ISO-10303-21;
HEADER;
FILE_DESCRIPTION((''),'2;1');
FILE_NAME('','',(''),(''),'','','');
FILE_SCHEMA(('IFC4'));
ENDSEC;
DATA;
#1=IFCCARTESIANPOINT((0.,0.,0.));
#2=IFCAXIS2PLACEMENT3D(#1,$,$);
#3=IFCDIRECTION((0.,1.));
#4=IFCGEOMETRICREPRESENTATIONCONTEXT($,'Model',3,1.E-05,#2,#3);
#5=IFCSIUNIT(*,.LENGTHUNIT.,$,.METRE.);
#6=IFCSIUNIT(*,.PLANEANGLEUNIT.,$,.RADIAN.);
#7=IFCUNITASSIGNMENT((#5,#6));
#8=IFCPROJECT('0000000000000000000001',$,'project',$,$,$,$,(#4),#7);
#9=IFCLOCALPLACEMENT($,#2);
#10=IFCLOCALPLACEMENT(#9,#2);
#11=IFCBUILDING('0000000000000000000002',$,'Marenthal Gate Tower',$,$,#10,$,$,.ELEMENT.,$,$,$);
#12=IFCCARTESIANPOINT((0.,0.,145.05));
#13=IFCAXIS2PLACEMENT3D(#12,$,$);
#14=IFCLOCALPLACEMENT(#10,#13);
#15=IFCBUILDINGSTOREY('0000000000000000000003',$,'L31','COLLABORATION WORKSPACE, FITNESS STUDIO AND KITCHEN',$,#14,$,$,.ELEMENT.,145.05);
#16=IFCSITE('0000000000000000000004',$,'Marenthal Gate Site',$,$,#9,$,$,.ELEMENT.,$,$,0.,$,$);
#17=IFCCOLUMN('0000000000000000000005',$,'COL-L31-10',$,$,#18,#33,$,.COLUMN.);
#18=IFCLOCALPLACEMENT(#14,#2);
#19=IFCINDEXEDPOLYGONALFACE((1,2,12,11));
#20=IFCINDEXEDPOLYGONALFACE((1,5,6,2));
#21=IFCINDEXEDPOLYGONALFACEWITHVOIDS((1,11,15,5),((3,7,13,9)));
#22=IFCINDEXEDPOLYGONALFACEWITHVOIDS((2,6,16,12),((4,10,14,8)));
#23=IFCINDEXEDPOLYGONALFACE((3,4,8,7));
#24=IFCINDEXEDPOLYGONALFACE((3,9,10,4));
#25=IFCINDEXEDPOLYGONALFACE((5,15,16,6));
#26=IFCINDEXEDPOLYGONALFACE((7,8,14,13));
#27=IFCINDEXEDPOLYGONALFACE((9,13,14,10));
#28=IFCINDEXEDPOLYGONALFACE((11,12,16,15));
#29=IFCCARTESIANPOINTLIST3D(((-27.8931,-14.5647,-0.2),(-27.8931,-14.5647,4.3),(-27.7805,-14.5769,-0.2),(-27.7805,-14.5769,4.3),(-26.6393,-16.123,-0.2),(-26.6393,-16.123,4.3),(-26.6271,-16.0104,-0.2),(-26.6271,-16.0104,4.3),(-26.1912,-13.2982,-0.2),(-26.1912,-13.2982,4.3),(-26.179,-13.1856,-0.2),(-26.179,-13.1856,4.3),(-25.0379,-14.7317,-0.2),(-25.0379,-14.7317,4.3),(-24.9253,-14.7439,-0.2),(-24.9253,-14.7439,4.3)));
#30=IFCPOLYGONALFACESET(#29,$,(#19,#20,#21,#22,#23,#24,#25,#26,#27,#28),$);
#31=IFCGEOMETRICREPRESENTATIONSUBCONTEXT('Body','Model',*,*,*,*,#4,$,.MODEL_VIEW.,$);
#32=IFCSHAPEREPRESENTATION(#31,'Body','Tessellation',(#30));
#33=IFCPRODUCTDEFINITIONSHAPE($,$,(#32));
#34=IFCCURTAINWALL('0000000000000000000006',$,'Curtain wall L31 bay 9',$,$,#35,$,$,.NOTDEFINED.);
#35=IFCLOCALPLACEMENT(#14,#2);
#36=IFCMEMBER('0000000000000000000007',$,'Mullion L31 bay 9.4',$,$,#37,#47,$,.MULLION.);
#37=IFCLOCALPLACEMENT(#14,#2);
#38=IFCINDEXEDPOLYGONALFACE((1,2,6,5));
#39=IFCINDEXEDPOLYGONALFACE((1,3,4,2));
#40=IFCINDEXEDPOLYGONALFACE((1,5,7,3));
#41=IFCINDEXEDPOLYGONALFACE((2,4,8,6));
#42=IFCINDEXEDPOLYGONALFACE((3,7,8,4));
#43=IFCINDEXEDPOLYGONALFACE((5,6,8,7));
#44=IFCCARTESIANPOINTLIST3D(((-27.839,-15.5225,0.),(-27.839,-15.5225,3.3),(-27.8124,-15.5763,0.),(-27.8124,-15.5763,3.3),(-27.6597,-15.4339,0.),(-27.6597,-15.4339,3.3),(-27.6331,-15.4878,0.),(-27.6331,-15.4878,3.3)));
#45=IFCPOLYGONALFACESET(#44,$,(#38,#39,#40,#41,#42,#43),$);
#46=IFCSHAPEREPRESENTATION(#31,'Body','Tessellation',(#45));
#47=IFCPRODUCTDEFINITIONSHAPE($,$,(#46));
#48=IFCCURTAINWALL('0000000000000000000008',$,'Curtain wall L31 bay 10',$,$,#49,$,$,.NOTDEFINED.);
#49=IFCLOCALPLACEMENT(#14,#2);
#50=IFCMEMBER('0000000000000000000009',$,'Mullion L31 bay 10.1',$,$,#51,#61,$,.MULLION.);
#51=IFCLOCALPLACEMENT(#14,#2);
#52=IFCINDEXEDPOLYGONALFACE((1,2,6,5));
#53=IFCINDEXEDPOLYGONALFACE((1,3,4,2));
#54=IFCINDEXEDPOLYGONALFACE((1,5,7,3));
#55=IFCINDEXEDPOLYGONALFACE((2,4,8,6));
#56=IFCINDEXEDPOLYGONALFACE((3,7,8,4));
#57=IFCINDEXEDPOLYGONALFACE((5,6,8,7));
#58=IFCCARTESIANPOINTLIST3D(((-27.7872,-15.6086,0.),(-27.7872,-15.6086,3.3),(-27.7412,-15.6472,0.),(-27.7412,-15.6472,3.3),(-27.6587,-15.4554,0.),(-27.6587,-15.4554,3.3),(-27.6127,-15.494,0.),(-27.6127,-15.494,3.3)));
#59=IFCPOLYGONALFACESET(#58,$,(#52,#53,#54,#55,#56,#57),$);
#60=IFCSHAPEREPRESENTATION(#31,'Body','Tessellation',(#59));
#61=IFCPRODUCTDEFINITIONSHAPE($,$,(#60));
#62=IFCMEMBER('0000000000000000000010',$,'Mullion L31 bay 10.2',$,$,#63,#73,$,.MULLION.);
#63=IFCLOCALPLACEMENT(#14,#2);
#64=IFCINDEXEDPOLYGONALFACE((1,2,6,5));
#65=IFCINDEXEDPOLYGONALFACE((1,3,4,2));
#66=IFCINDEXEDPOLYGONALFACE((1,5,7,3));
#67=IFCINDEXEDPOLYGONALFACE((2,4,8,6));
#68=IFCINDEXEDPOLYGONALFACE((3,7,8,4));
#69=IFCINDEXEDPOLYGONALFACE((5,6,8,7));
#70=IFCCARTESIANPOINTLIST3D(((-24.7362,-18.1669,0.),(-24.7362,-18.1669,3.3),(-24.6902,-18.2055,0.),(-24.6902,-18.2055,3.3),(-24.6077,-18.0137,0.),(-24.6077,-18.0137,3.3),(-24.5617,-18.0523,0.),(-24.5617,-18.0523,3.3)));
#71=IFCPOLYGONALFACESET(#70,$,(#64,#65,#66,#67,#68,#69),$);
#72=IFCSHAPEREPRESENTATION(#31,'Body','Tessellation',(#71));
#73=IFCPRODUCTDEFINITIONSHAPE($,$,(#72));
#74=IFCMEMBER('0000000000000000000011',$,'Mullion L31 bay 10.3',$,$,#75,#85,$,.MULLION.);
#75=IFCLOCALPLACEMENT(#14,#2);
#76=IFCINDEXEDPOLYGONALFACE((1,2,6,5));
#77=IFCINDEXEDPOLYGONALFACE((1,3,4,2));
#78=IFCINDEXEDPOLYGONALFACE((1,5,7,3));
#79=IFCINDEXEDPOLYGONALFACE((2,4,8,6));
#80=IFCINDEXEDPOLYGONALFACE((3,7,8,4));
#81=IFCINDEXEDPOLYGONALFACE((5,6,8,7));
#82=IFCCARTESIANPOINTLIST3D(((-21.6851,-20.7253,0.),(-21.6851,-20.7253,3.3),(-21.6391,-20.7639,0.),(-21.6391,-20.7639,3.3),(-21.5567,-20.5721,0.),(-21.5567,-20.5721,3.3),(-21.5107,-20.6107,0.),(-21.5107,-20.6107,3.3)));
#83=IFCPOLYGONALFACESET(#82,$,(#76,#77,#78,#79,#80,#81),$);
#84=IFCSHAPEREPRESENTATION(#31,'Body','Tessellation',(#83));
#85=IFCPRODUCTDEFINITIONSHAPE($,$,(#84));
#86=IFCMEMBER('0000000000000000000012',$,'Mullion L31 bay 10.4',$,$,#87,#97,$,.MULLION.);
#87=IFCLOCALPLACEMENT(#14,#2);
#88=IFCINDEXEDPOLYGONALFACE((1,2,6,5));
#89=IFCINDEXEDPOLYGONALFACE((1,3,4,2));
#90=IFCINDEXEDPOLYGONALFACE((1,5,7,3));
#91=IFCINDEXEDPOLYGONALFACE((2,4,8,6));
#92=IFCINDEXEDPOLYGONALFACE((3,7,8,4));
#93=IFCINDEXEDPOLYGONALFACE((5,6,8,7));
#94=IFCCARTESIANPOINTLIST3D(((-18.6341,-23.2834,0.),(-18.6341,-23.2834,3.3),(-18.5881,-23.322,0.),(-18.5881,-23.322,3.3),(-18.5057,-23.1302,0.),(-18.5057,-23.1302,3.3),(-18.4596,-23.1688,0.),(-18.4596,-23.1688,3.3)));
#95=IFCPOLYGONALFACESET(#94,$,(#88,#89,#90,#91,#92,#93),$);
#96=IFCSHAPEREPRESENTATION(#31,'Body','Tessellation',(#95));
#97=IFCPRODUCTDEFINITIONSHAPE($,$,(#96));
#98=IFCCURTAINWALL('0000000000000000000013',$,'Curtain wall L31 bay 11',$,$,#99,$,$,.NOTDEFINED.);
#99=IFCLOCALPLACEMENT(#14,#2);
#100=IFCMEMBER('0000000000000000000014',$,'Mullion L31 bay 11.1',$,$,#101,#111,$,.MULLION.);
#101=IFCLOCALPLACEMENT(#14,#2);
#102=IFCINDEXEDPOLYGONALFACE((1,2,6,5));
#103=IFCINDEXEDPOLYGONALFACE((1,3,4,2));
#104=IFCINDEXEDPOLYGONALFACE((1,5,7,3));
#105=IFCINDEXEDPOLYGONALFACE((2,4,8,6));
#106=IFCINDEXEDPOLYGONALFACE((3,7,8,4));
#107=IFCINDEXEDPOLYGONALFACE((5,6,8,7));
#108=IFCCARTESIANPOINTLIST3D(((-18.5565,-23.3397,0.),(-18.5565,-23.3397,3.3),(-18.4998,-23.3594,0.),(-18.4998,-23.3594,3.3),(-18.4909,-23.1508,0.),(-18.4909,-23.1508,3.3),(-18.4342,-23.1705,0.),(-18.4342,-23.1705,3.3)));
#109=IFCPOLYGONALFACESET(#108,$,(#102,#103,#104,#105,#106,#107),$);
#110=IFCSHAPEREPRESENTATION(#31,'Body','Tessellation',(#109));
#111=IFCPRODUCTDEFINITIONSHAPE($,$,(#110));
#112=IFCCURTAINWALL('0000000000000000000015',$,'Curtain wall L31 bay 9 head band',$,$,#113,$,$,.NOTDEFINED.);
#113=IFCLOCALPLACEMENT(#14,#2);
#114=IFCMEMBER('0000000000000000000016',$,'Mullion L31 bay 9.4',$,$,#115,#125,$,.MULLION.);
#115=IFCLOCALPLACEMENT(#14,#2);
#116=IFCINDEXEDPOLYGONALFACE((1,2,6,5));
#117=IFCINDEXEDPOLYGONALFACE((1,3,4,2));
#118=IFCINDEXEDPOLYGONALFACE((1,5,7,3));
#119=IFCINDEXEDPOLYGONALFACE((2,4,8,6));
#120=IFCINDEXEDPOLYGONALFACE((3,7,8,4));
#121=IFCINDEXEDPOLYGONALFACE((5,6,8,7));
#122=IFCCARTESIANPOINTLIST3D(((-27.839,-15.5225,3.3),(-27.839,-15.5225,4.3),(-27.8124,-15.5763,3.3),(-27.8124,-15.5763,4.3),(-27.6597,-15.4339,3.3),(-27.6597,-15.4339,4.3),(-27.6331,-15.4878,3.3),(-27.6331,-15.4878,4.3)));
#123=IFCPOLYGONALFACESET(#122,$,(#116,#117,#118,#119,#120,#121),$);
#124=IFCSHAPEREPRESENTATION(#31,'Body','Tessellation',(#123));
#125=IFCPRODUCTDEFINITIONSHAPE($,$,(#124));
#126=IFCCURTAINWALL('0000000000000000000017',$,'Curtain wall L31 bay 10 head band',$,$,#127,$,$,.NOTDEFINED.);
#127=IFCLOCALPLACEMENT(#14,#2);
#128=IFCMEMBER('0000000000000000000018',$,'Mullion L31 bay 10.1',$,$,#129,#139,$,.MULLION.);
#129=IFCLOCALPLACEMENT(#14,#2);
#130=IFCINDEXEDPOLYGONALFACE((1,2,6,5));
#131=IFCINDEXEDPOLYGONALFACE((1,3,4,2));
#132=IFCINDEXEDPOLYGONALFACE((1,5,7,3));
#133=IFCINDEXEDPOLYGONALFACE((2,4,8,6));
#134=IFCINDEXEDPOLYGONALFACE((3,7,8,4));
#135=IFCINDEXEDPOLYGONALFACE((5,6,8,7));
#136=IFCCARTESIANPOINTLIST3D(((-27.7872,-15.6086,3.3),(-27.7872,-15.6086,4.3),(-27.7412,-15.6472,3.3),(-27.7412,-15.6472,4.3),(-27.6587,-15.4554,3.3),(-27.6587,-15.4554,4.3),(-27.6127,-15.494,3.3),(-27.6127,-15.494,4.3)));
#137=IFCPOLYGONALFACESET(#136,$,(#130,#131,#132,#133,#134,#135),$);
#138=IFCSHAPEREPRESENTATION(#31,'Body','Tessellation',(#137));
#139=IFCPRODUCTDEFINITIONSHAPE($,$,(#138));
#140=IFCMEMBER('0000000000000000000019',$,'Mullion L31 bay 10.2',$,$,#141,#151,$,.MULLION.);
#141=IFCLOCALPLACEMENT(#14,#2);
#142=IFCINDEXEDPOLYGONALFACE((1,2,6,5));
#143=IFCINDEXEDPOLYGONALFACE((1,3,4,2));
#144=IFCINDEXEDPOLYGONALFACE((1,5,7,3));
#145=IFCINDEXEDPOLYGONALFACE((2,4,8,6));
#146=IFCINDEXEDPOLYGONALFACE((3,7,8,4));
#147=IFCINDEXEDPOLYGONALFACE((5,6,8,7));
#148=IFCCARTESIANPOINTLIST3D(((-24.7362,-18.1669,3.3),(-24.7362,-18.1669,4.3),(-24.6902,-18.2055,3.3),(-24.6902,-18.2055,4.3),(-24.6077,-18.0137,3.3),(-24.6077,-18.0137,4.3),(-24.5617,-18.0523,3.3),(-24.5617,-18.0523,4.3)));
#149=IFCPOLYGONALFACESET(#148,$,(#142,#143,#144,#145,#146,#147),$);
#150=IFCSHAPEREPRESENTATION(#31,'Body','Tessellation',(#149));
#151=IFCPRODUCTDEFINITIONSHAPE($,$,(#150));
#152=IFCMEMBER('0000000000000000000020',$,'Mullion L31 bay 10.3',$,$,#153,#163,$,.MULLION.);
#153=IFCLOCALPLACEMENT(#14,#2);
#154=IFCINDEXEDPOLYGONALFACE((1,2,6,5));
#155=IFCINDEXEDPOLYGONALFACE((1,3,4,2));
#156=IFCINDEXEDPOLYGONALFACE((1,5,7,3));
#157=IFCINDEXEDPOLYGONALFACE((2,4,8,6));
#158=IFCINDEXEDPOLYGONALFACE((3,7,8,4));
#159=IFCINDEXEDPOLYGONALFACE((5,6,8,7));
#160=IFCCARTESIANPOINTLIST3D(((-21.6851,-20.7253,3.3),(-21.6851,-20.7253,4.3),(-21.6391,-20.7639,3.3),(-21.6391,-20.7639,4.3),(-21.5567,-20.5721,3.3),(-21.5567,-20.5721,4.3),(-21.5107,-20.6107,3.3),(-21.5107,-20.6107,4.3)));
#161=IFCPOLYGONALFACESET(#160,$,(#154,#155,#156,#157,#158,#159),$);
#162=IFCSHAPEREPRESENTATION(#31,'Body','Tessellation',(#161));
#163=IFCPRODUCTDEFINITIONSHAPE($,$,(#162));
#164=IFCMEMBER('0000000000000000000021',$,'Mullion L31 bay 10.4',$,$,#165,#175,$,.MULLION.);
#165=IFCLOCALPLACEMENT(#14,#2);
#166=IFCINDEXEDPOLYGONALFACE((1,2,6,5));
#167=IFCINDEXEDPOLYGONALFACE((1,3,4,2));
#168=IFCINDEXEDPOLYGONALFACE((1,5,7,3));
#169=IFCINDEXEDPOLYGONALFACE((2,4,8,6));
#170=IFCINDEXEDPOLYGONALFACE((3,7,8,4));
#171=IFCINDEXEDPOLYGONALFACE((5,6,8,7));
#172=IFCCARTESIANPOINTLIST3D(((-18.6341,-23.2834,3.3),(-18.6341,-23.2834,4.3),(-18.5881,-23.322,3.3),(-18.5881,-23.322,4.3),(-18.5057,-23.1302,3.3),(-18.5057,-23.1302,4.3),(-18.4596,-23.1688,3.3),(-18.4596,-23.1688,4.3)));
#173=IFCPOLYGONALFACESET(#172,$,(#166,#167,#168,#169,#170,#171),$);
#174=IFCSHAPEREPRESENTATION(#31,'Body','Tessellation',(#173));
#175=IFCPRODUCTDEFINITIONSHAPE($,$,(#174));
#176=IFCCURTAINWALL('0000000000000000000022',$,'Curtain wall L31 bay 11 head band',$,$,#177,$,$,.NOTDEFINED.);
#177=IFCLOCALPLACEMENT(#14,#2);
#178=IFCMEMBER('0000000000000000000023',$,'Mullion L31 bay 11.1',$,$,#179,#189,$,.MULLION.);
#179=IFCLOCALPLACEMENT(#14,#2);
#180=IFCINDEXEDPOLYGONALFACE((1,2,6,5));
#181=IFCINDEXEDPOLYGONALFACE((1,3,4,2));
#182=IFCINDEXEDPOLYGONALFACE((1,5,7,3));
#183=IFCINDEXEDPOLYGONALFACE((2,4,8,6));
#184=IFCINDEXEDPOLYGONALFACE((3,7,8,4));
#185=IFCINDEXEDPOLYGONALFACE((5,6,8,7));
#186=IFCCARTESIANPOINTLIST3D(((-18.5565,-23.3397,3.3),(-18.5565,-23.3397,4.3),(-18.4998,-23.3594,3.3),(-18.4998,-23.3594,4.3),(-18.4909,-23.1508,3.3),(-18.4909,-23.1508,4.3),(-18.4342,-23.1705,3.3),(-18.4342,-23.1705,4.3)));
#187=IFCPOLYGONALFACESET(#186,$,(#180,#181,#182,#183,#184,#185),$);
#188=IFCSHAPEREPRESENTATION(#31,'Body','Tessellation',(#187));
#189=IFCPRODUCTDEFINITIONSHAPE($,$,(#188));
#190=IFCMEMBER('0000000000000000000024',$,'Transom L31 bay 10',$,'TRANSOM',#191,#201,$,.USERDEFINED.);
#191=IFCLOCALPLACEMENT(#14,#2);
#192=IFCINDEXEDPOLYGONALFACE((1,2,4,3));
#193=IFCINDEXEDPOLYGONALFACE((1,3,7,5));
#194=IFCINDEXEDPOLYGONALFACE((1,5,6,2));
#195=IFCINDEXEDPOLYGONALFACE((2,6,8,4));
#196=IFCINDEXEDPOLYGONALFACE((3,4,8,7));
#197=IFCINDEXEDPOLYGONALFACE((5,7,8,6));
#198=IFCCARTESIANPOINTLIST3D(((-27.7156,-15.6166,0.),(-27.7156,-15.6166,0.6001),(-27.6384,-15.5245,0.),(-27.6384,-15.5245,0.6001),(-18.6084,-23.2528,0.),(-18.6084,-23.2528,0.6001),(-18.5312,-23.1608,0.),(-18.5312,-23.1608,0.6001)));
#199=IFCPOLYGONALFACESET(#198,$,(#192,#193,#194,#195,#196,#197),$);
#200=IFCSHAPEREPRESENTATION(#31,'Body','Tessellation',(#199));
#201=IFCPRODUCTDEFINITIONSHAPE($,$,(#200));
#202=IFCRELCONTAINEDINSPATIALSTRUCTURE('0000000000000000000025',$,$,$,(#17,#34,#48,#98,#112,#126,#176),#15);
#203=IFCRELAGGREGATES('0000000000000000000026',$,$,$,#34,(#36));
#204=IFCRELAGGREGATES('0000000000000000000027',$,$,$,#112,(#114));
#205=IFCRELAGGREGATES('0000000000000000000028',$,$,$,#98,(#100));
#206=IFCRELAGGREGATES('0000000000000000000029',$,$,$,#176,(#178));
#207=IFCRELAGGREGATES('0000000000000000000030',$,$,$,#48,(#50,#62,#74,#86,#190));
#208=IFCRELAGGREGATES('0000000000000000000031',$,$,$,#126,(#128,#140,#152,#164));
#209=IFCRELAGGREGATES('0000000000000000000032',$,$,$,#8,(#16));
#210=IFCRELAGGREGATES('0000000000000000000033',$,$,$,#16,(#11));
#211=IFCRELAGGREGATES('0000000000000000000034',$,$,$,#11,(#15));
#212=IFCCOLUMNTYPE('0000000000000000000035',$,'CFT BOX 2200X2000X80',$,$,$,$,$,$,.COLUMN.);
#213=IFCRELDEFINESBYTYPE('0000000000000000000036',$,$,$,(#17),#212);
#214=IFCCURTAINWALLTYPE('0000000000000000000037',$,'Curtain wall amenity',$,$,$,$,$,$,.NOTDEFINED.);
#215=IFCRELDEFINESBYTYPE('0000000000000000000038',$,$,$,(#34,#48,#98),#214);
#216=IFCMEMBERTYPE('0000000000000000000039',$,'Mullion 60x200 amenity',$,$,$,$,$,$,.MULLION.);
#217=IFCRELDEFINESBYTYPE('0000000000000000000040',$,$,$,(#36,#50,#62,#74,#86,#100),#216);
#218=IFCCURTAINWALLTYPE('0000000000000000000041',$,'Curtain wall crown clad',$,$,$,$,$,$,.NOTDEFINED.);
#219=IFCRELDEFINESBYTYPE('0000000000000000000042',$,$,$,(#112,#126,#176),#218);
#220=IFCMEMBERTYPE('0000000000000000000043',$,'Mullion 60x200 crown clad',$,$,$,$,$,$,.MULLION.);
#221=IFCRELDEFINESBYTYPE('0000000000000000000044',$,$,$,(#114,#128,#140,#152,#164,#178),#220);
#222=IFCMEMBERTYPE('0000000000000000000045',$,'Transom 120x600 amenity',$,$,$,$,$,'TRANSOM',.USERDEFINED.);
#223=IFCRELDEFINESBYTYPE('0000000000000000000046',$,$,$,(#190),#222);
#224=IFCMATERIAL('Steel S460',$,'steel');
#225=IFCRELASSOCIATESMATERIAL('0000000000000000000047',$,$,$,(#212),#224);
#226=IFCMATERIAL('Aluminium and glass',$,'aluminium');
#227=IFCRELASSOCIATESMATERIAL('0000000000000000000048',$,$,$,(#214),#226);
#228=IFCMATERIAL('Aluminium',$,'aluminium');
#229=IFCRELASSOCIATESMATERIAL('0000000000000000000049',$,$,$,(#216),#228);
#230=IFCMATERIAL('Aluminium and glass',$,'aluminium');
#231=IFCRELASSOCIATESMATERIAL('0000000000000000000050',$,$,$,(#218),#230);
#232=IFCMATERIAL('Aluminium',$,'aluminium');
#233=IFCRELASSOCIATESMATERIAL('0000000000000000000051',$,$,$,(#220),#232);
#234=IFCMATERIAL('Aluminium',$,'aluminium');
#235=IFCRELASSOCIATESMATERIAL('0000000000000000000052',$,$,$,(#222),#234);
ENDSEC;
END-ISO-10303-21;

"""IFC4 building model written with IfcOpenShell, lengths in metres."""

from ifc_helpers import new_model, si_unit, direction, frame, origin, origin_2d, place, context, subcontext, project, spatial, rectangle, hollow_rectangle, extrude, material, material_profile, profile_set, type_object, element, aggregate, save


model = new_model("IFC4")

# Units and contexts
model_context = context("Model", 3, precision=1e-05, world=origin(), true_north=direction((0.0, 1.0)))
body_context = subcontext(model_context, "Body", "Model", "MODEL_VIEW")
ifc_project = project(units=[si_unit("LENGTHUNIT", "METRE"), si_unit("PLANEANGLEUNIT", "RADIAN")], contexts=[model_context])

# Site, building, storey
site_placement = place(None, origin())
site = spatial("IfcSite", under=ifc_project, at=site_placement, Name="Marenthal Gate Site", CompositionType="ELEMENT", RefElevation=0.0)
building_placement = place(site_placement, origin())
building = spatial("IfcBuilding", under=site, at=building_placement, Name="Marenthal Gate Tower", CompositionType="ELEMENT")
storey_placement = place(building_placement, frame((0.0, 0.0, 145.05)))
storey = spatial("IfcBuildingStorey", under=building, at=storey_placement, Name="L31", Description="COLLABORATION WORKSPACE, FITNESS STUDIO AND KITCHEN", CompositionType="ELEMENT", Elevation=145.05)

# Column
ifc_material_1 = material(Name="Steel S460", Category="steel")
ifc_material_profile_1 = material_profile(ifc_material_1, hollow_rectangle(XDim=2.0, YDim=2.2, WallThickness=0.0801, at=origin_2d()), Name="CFT BOX 2200X2000X80")
ifc_material_2 = material(Name="Concrete 70 MPa", Category="concrete")
ifc_material_profile_2 = material_profile(ifc_material_2, rectangle(XDim=1.8401, YDim=2.04, at=origin_2d()), Name="CFT BOX 2200X2000X80 INFILL")
ifc_profile_set_1 = profile_set([ifc_material_profile_1, ifc_material_profile_2], Name="Steel S460 shell, Concrete 70 MPa infill")
column_type = type_object("IfcColumnType", Name="CFT BOX 2200X2000X80", PredefinedType="COLUMN", material=ifc_profile_set_1)
column_placement = place(storey_placement, frame((-26.4092, -14.6543, -0.2), z_axis=(0.0, 0.0, 1.0), x_axis=(-0.626873, 0.779121, 0.0)))
element("IfcColumn", 1, at=column_placement, inside=storey, type_object=column_type, Name="COL-L31-10", PredefinedType="COLUMN", context=body_context, shape_type="SweptSolid", body=[
    extrude(hollow_rectangle(XDim=2.0, YDim=2.2, WallThickness=0.0801, at=origin_2d()), origin(), (0.0, 0.0, 1.0), 4.5),
])

# Curtain wall, member
ifc_material_3 = material(Name="Aluminium and glass", Category="aluminium")
curtain_wall_type_1 = type_object("IfcCurtainWallType", Name="Curtain wall amenity", PredefinedType="NOTDEFINED", material=ifc_material_3)
curtain_wall_1_placement = place(storey_placement, origin())
curtain_wall_1 = element("IfcCurtainWall", 2, at=curtain_wall_1_placement, inside=storey, type_object=curtain_wall_type_1, Name="Curtain wall L31 bay 9", PredefinedType="NOTDEFINED")
ifc_material_4 = material(Name="Aluminium", Category="aluminium")
ifc_material_profile_3 = material_profile(ifc_material_4, rectangle(XDim=0.2, YDim=0.0601, at=origin_2d()), Name="60x200 aluminium mullion")
ifc_profile_set_2 = profile_set([ifc_material_profile_3], Name="Aluminium")
member_type_1 = type_object("IfcMemberType", Name="Mullion 60x200 amenity", PredefinedType="MULLION", material=ifc_profile_set_2)
member_1_placement = place(storey_placement, frame((-27.7361, -15.5051, 0.0), z_axis=(0.0, 0.0, 1.0), x_axis=(0.896573, 0.442895, 0.0)))
member_1 = element("IfcMember", 3, at=member_1_placement, type_object=member_type_1, Name="Mullion L31 bay 9.4", PredefinedType="MULLION", context=body_context, shape_type="SweptSolid", body=[
    extrude(rectangle(XDim=0.2, YDim=0.0601, at=origin_2d()), origin(), (0.0, 0.0, 1.0), 3.3),
])
aggregate(curtain_wall_1, [member_1])

# Curtain wall, members
curtain_wall_2_placement = place(storey_placement, origin())
curtain_wall_2 = element("IfcCurtainWall", 4, at=curtain_wall_2_placement, inside=storey, type_object=curtain_wall_type_1, Name="Curtain wall L31 bay 10", PredefinedType="NOTDEFINED")
member_2_placement = place(storey_placement, frame((-27.7, -15.5513, 0.0), z_axis=(0.0, 0.0, 1.0), x_axis=(0.642511, 0.766277, 0.0)))
member_2 = element("IfcMember", 5, at=member_2_placement, type_object=member_type_1, Name="Mullion L31 bay 10.1", PredefinedType="MULLION", context=body_context, shape_type="SweptSolid", body=[
    extrude(rectangle(XDim=0.2, YDim=0.0601, at=origin_2d()), origin(), (0.0, 0.0, 1.0), 3.3),
])
member_3_placement = place(storey_placement, frame((-24.6489, -18.1096, 0.0), z_axis=(0.0, 0.0, 1.0), x_axis=(0.642511, 0.766277, 0.0)))
member_3 = element("IfcMember", 6, at=member_3_placement, type_object=member_type_1, Name="Mullion L31 bay 10.2", PredefinedType="MULLION", context=body_context, shape_type="SweptSolid", body=[
    extrude(rectangle(XDim=0.2, YDim=0.0601, at=origin_2d()), origin(), (0.0, 0.0, 1.0), 3.3),
])
member_4_placement = place(storey_placement, frame((-21.5979, -20.668, 0.0), z_axis=(0.0, 0.0, 1.0), x_axis=(0.642511, 0.766277, 0.0)))
member_4 = element("IfcMember", 7, at=member_4_placement, type_object=member_type_1, Name="Mullion L31 bay 10.3", PredefinedType="MULLION", context=body_context, shape_type="SweptSolid", body=[
    extrude(rectangle(XDim=0.2, YDim=0.0601, at=origin_2d()), origin(), (0.0, 0.0, 1.0), 3.3),
])
member_5_placement = place(storey_placement, frame((-18.5469, -23.2261, 0.0), z_axis=(0.0, 0.0, 1.0), x_axis=(0.642511, 0.766277, 0.0)))
member_5 = element("IfcMember", 8, at=member_5_placement, type_object=member_type_1, Name="Mullion L31 bay 10.4", PredefinedType="MULLION", context=body_context, shape_type="SweptSolid", body=[
    extrude(rectangle(XDim=0.2, YDim=0.0601, at=origin_2d()), origin(), (0.0, 0.0, 1.0), 3.3),
])

# Curtain walls, members
curtain_wall_3_placement = place(storey_placement, origin())
curtain_wall_3 = element("IfcCurtainWall", 9, at=curtain_wall_3_placement, inside=storey, type_object=curtain_wall_type_1, Name="Curtain wall L31 bay 11", PredefinedType="NOTDEFINED")
member_6_placement = place(storey_placement, frame((-18.4954, -23.2551, 0.0), z_axis=(0.0, 0.0, 1.0), x_axis=(0.328089, 0.944647, 0.0)))
member_6 = element("IfcMember", 10, at=member_6_placement, type_object=member_type_1, Name="Mullion L31 bay 11.1", PredefinedType="MULLION", context=body_context, shape_type="SweptSolid", body=[
    extrude(rectangle(XDim=0.2, YDim=0.0601, at=origin_2d()), origin(), (0.0, 0.0, 1.0), 3.3),
])
ifc_material_5 = material(Name="Aluminium and glass", Category="aluminium")
curtain_wall_type_2 = type_object("IfcCurtainWallType", Name="Curtain wall crown clad", PredefinedType="NOTDEFINED", material=ifc_material_5)
curtain_wall_4_placement = place(storey_placement, origin())
curtain_wall_4 = element("IfcCurtainWall", 11, at=curtain_wall_4_placement, inside=storey, type_object=curtain_wall_type_2, Name="Curtain wall L31 bay 9 head band", PredefinedType="NOTDEFINED")
ifc_material_6 = material(Name="Aluminium", Category="aluminium")
ifc_material_profile_4 = material_profile(ifc_material_6, rectangle(XDim=0.2, YDim=0.0601, at=origin_2d()), Name="60x200 aluminium mullion")
ifc_profile_set_3 = profile_set([ifc_material_profile_4], Name="Aluminium")
member_type_2 = type_object("IfcMemberType", Name="Mullion 60x200 crown clad", PredefinedType="MULLION", material=ifc_profile_set_3)
member_7_placement = place(storey_placement, frame((-27.7361, -15.5051, 3.3), z_axis=(0.0, 0.0, 1.0), x_axis=(0.896573, 0.442895, 0.0)))
member_7 = element("IfcMember", 12, at=member_7_placement, type_object=member_type_2, Name="Mullion L31 bay 9.4", PredefinedType="MULLION", context=body_context, shape_type="SweptSolid", body=[
    extrude(rectangle(XDim=0.2, YDim=0.0601, at=origin_2d()), origin(), (0.0, 0.0, 1.0), 1.0),
])
aggregate(curtain_wall_4, [member_7])

# Curtain wall, members
curtain_wall_5_placement = place(storey_placement, origin())
curtain_wall_5 = element("IfcCurtainWall", 13, at=curtain_wall_5_placement, inside=storey, type_object=curtain_wall_type_2, Name="Curtain wall L31 bay 10 head band", PredefinedType="NOTDEFINED")
member_8_placement = place(storey_placement, frame((-27.7, -15.5513, 3.3), z_axis=(0.0, 0.0, 1.0), x_axis=(0.642511, 0.766277, 0.0)))
member_8 = element("IfcMember", 14, at=member_8_placement, type_object=member_type_2, Name="Mullion L31 bay 10.1", PredefinedType="MULLION", context=body_context, shape_type="SweptSolid", body=[
    extrude(rectangle(XDim=0.2, YDim=0.0601, at=origin_2d()), origin(), (0.0, 0.0, 1.0), 1.0),
])
member_9_placement = place(storey_placement, frame((-24.6489, -18.1096, 3.3), z_axis=(0.0, 0.0, 1.0), x_axis=(0.642511, 0.766277, 0.0)))
member_9 = element("IfcMember", 15, at=member_9_placement, type_object=member_type_2, Name="Mullion L31 bay 10.2", PredefinedType="MULLION", context=body_context, shape_type="SweptSolid", body=[
    extrude(rectangle(XDim=0.2, YDim=0.0601, at=origin_2d()), origin(), (0.0, 0.0, 1.0), 1.0),
])
member_10_placement = place(storey_placement, frame((-21.5979, -20.668, 3.3), z_axis=(0.0, 0.0, 1.0), x_axis=(0.642511, 0.766277, 0.0)))
member_10 = element("IfcMember", 16, at=member_10_placement, type_object=member_type_2, Name="Mullion L31 bay 10.3", PredefinedType="MULLION", context=body_context, shape_type="SweptSolid", body=[
    extrude(rectangle(XDim=0.2, YDim=0.0601, at=origin_2d()), origin(), (0.0, 0.0, 1.0), 1.0),
])
member_11_placement = place(storey_placement, frame((-18.5469, -23.2261, 3.3), z_axis=(0.0, 0.0, 1.0), x_axis=(0.642511, 0.766277, 0.0)))
member_11 = element("IfcMember", 17, at=member_11_placement, type_object=member_type_2, Name="Mullion L31 bay 10.4", PredefinedType="MULLION", context=body_context, shape_type="SweptSolid", body=[
    extrude(rectangle(XDim=0.2, YDim=0.0601, at=origin_2d()), origin(), (0.0, 0.0, 1.0), 1.0),
])

# Curtain wall, member
curtain_wall_6_placement = place(storey_placement, origin())
curtain_wall_6 = element("IfcCurtainWall", 18, at=curtain_wall_6_placement, inside=storey, type_object=curtain_wall_type_2, Name="Curtain wall L31 bay 11 head band", PredefinedType="NOTDEFINED")
member_12_placement = place(storey_placement, frame((-18.4954, -23.2551, 3.3), z_axis=(0.0, 0.0, 1.0), x_axis=(0.328089, 0.944647, 0.0)))
member_12 = element("IfcMember", 19, at=member_12_placement, type_object=member_type_2, Name="Mullion L31 bay 11.1", PredefinedType="MULLION", context=body_context, shape_type="SweptSolid", body=[
    extrude(rectangle(XDim=0.2, YDim=0.0601, at=origin_2d()), origin(), (0.0, 0.0, 1.0), 1.0),
])

# Member
ifc_material_7 = material(Name="Aluminium", Category="aluminium")
ifc_material_profile_5 = material_profile(ifc_material_7, rectangle(XDim=0.1201, YDim=0.6001, at=origin_2d()), Name="120x600 aluminium transom")
ifc_profile_set_4 = profile_set([ifc_material_profile_5], Name="Aluminium")
member_type_3 = type_object("IfcMemberType", Name="Transom 120x600 amenity", ElementType="TRANSOM", PredefinedType="USERDEFINED", material=ifc_profile_set_4)
member_13_placement = place(storey_placement, frame((-27.677, -15.5706, 0.3), z_axis=(0.766276, -0.642511, 0.0), x_axis=(0.642511, 0.766276, 0.0)))
member_13 = element("IfcMember", 20, at=member_13_placement, type_object=member_type_3, Name="Transom L31 bay 10", ObjectType="TRANSOM", PredefinedType="USERDEFINED", context=body_context, shape_type="SweptSolid", body=[
    extrude(rectangle(XDim=0.1201, YDim=0.6001, at=origin_2d()), origin(), (0.0, 0.0, 1.0), 11.885),
])
aggregate(curtain_wall_3, [member_6])
aggregate(curtain_wall_6, [member_12])

aggregate(curtain_wall_2, [member_2, member_3, member_4, member_5, member_13])
aggregate(curtain_wall_5, [member_8, member_9, member_10, member_11])

save(model, "model.ifc")
